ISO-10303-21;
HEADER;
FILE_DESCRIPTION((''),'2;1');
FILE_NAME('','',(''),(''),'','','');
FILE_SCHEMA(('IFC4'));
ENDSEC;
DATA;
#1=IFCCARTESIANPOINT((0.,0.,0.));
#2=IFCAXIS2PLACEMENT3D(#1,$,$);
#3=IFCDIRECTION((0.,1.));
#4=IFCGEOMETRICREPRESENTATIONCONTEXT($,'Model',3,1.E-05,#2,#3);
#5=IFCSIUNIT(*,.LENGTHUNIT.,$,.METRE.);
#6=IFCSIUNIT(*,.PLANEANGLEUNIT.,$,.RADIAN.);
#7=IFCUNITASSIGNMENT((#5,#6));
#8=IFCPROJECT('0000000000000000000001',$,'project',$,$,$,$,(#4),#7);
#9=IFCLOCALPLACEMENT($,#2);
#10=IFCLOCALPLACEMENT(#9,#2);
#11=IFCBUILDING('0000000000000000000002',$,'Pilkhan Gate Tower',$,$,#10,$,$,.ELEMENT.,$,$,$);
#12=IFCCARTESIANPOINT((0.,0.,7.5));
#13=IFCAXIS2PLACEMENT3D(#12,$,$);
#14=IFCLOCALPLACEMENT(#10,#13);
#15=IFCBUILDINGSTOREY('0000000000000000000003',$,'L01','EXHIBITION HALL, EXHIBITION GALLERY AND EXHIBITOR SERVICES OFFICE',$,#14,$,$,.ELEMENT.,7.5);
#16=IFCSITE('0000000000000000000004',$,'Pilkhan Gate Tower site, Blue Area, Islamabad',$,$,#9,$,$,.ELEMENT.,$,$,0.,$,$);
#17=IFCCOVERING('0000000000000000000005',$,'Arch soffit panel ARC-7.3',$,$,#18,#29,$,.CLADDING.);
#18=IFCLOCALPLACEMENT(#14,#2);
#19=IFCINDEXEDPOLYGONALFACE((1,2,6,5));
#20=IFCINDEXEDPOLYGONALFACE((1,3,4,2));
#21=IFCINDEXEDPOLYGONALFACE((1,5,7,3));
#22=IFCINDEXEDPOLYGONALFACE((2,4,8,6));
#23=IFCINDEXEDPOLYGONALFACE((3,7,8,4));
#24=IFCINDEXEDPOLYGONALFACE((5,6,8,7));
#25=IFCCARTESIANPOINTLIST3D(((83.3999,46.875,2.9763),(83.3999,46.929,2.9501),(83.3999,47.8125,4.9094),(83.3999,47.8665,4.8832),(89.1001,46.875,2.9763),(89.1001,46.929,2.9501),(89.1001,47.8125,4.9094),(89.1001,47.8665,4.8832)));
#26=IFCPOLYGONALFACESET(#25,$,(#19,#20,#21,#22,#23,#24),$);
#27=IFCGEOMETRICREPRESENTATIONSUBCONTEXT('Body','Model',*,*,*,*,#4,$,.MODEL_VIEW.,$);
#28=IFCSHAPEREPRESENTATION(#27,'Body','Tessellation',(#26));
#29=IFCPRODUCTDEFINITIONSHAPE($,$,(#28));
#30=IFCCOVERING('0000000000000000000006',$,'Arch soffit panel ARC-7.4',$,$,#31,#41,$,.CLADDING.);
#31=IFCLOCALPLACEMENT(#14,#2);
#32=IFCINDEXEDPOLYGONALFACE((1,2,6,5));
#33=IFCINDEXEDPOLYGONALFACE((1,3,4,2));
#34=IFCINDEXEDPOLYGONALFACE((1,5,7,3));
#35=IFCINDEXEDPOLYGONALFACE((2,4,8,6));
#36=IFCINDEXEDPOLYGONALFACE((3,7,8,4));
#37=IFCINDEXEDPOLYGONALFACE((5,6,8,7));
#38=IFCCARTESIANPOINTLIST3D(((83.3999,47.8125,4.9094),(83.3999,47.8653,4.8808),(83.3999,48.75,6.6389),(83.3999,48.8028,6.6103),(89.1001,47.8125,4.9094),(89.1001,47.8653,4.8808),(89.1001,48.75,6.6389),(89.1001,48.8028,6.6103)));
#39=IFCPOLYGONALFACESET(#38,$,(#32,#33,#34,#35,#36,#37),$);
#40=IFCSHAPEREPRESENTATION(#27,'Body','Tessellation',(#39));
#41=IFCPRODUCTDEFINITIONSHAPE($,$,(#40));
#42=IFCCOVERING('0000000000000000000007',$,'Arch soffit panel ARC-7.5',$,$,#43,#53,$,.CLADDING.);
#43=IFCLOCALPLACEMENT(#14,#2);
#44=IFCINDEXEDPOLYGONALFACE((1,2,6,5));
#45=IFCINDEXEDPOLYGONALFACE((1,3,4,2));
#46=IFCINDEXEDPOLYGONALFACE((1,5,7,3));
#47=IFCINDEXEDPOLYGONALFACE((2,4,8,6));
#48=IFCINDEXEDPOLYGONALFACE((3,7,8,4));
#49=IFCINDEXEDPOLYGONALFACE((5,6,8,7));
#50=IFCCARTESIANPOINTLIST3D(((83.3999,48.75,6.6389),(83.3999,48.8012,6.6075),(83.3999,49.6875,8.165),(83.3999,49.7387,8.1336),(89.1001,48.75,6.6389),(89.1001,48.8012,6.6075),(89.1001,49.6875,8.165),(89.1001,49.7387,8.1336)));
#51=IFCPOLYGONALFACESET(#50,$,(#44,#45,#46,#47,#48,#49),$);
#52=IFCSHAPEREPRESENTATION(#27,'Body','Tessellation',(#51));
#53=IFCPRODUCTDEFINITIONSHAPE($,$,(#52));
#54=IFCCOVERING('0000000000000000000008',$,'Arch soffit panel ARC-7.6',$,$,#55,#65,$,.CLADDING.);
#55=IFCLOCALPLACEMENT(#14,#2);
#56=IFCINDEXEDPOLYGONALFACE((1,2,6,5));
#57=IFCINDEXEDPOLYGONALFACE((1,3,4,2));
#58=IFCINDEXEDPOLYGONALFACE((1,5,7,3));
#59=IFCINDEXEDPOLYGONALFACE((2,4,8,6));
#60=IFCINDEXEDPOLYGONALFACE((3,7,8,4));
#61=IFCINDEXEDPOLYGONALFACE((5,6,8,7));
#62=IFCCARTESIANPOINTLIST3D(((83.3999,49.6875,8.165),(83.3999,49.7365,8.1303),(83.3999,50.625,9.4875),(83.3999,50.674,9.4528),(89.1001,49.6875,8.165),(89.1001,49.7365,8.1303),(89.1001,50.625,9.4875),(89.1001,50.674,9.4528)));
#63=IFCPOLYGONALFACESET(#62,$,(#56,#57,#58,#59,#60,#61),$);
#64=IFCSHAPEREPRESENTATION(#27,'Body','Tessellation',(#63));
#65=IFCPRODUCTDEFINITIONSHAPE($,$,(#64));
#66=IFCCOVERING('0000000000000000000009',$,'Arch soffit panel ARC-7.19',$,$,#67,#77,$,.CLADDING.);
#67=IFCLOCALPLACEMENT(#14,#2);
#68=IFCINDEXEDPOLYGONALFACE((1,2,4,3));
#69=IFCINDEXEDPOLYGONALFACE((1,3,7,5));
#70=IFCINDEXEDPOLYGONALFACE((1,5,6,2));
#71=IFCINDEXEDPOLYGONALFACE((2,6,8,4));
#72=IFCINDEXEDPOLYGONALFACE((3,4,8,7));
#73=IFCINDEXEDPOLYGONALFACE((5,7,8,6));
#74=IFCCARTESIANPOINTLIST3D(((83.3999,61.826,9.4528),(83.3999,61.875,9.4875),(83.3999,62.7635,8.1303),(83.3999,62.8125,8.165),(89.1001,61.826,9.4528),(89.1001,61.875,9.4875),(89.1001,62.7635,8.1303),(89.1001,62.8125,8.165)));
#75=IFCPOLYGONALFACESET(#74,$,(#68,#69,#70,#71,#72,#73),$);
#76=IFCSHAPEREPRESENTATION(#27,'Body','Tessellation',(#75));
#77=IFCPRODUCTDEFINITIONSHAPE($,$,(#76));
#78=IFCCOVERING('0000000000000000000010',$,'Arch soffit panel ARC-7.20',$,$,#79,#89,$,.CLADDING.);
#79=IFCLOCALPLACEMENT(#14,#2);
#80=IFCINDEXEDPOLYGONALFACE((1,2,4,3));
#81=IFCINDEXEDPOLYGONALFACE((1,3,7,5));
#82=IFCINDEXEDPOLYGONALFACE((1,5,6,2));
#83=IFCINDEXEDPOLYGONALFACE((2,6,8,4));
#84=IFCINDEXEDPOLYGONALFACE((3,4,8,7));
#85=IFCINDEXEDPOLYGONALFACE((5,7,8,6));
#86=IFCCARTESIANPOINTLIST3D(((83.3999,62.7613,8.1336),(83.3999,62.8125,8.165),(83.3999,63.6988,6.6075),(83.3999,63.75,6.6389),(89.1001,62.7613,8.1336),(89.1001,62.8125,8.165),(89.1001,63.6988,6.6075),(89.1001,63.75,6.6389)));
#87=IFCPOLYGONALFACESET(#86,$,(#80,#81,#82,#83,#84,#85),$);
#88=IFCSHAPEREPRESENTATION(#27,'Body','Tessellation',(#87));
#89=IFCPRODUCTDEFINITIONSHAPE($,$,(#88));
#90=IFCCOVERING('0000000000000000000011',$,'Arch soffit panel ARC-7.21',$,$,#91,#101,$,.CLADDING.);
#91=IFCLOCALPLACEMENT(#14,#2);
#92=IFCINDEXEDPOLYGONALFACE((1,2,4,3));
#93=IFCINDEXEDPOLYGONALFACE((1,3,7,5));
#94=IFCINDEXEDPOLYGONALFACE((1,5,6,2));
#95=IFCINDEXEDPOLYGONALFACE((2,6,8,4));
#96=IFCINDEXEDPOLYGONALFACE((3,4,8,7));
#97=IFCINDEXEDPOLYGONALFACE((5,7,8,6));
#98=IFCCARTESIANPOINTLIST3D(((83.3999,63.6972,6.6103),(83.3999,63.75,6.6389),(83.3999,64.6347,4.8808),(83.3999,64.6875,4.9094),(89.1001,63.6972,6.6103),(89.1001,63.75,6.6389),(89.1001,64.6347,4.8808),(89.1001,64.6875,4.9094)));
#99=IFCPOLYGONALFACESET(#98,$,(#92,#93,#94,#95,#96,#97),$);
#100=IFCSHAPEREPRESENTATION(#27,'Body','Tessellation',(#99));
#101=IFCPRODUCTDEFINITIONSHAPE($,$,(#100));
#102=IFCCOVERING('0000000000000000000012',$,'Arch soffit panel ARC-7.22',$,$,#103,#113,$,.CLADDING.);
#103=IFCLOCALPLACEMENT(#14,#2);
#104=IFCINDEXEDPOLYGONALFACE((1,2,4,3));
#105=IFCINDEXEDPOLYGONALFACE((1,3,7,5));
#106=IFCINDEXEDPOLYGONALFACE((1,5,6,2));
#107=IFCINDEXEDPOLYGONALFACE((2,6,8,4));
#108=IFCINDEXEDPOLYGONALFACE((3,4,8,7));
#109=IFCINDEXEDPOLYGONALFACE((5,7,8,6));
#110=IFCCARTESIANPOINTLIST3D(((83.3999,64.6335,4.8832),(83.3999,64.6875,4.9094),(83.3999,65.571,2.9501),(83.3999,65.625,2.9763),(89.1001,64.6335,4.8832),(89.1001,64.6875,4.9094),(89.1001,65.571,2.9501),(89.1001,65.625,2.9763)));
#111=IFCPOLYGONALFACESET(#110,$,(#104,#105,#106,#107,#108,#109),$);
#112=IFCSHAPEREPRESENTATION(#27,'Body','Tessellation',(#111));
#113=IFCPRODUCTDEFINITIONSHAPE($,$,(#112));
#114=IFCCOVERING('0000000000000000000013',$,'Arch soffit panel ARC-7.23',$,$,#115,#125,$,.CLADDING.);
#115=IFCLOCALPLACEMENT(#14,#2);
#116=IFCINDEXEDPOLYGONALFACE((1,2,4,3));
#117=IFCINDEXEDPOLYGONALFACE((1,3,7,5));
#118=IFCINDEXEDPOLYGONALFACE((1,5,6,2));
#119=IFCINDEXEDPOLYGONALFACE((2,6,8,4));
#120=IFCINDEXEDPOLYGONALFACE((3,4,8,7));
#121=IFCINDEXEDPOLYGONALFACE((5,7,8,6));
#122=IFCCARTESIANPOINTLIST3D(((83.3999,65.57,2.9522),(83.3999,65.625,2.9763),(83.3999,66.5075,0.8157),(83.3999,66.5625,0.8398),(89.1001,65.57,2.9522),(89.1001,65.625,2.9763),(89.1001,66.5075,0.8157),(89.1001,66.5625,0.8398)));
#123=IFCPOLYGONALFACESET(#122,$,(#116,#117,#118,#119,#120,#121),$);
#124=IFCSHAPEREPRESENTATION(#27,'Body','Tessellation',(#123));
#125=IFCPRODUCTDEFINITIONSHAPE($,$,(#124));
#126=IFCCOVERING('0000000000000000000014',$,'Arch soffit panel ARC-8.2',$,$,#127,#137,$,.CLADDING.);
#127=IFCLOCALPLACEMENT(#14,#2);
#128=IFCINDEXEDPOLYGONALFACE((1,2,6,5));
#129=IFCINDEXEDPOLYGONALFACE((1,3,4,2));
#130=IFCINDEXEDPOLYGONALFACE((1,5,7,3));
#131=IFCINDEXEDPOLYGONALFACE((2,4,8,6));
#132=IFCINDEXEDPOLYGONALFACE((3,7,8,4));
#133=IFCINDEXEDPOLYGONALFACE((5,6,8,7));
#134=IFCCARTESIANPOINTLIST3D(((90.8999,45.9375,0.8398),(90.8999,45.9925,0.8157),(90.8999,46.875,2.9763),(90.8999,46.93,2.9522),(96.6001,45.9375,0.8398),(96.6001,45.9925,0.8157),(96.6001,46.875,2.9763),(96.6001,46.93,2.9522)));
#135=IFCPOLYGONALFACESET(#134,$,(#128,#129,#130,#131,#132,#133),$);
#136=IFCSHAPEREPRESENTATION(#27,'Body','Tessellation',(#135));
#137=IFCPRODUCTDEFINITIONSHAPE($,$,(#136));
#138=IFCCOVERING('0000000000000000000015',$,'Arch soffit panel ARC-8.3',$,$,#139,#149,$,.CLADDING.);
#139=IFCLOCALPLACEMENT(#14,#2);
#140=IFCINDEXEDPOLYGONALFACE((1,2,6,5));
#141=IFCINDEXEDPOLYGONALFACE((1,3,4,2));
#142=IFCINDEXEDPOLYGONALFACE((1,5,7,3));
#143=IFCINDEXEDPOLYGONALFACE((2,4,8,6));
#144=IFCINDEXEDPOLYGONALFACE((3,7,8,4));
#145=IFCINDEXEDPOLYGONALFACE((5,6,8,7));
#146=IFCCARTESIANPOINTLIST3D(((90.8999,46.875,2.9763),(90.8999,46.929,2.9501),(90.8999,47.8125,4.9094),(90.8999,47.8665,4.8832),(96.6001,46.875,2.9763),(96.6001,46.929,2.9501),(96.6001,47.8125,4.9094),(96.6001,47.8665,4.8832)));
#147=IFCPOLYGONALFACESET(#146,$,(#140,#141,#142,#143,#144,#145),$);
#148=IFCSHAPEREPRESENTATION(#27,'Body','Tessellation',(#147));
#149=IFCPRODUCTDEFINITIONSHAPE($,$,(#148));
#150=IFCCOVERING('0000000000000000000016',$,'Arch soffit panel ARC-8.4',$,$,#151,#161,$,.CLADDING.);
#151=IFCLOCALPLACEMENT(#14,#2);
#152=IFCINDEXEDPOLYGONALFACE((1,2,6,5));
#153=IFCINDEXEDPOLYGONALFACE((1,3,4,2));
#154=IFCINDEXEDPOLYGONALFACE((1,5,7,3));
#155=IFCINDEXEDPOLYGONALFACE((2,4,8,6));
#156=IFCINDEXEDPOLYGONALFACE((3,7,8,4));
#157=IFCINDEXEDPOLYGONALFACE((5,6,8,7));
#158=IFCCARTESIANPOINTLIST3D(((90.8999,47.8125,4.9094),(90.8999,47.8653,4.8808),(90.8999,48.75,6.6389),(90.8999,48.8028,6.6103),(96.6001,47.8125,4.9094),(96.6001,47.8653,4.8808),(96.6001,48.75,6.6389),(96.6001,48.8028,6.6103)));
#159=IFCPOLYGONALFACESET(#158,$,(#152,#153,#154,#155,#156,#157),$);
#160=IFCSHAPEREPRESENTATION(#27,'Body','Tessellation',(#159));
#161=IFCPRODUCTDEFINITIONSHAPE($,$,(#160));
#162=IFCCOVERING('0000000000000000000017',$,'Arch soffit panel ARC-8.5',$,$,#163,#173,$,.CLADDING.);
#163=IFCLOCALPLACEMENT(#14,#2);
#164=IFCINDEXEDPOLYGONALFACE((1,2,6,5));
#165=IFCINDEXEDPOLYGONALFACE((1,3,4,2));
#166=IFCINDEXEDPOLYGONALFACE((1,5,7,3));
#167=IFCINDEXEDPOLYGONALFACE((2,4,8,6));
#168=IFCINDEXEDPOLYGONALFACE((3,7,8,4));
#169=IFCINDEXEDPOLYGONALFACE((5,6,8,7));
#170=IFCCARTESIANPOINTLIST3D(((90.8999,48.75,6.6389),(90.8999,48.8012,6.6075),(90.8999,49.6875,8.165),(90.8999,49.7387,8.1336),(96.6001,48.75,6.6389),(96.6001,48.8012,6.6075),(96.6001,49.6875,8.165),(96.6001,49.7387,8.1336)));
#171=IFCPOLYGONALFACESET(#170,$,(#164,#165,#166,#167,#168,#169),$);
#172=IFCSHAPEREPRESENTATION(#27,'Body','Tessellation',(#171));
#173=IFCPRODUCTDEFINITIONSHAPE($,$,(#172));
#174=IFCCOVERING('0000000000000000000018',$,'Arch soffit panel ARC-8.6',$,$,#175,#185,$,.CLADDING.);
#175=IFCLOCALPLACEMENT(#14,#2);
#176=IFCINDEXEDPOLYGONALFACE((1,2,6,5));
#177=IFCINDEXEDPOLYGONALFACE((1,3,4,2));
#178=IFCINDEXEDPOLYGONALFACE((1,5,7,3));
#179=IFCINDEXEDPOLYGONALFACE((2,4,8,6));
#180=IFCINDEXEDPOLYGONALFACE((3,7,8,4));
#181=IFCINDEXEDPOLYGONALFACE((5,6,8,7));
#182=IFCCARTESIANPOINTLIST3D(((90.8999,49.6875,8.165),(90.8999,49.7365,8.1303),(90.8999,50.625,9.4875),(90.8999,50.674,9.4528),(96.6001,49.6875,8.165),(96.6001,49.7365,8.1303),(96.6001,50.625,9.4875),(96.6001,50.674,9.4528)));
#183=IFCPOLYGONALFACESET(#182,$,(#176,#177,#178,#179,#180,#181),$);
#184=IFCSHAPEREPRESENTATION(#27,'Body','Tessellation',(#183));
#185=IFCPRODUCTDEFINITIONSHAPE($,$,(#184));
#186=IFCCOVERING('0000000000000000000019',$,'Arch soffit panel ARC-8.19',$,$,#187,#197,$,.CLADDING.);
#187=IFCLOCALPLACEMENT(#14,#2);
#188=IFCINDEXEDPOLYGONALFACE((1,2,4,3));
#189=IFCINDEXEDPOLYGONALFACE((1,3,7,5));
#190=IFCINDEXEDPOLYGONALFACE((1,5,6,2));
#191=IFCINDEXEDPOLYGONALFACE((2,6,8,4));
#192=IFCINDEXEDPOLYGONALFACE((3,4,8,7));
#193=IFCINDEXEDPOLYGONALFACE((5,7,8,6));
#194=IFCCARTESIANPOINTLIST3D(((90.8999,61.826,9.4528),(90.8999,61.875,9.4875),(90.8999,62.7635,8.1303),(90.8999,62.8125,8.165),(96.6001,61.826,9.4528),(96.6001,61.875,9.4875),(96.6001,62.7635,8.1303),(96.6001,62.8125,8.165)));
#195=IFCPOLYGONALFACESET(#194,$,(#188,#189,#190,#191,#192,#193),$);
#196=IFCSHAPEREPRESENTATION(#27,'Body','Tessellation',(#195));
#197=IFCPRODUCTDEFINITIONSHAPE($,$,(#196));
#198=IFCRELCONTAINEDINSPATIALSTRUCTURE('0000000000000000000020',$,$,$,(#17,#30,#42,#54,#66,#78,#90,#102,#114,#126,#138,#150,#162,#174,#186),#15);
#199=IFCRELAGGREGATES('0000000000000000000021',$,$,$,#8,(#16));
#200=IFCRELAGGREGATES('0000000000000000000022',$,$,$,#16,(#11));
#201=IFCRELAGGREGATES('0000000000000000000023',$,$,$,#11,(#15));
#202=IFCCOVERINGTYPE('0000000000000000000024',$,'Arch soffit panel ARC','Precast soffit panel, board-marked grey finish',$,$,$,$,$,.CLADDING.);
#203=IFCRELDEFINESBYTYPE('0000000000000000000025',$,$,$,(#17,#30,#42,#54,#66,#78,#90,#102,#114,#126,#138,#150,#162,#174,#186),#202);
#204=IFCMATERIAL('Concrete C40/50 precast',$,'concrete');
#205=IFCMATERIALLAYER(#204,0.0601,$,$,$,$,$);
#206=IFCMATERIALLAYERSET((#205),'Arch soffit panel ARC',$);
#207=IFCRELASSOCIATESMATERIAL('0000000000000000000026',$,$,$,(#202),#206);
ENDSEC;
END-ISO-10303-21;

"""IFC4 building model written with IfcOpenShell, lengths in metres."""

from ifc_helpers import new_model, si_unit, direction, frame, origin, place, context, subcontext, project, spatial, polyline, outline, extrude, material, layer, layer_set, type_object, element, save


model = new_model("IFC4")

# Units and contexts
model_context = context("Model", 3, precision=1e-05, world=origin(), true_north=direction((0.0, 1.0)))
body_context = subcontext(model_context, "Body", "Model", "MODEL_VIEW")
ifc_project = project(units=[si_unit("LENGTHUNIT", "METRE"), si_unit("PLANEANGLEUNIT", "RADIAN")], contexts=[model_context])

# Site, building, storey
site_placement = place(None, origin())
site = spatial("IfcSite", under=ifc_project, at=site_placement, Name="Pilkhan Gate Tower site, Blue Area, Islamabad", CompositionType="ELEMENT", RefElevation=0.0)
building_placement = place(site_placement, origin())
building = spatial("IfcBuilding", under=site, at=building_placement, Name="Pilkhan Gate Tower", CompositionType="ELEMENT")
storey_placement = place(building_placement, frame((0.0, 0.0, 7.5)))
storey = spatial("IfcBuildingStorey", under=building, at=storey_placement, Name="L01", Description="EXHIBITION HALL, EXHIBITION GALLERY AND EXHIBITOR SERVICES OFFICE", CompositionType="ELEMENT", Elevation=7.5)

# Coverings
ifc_material_1 = material(Name="Concrete C40/50 precast", Category="concrete")
ifc_layer_1 = layer(ifc_material_1, 0.0601)
ifc_layer_set_1 = layer_set([ifc_layer_1], Name="Arch soffit panel ARC")
covering_type = type_object("IfcCoveringType", Name="Arch soffit panel ARC", Description="Precast soffit panel, board-marked grey finish", PredefinedType="CLADDING", material=ifc_layer_set_1)
covering_1_placement = place(storey_placement, frame((83.3999, 46.875, 2.9763), z_axis=(0.0, -0.899771, 0.436363), x_axis=(1.0, 0.0, 0.0)))
element("IfcCovering", 1, at=covering_1_placement, inside=storey, type_object=covering_type, Name="Arch soffit panel ARC-7.3", PredefinedType="CLADDING", context=body_context, shape_type="SweptSolid", body=[
    extrude(outline(polyline([(0.0, 0.0), (5.7002, 0.0), (5.7002, 2.1484), (0.0, 2.1484), (0.0, 0.0)])), origin(), (0.0, 0.0, -1.0), 0.0601),
])
covering_2_placement = place(storey_placement, frame((83.3999, 47.8125, 4.9094), z_axis=(0.0, -0.879145, 0.476555), x_axis=(1.0, 0.0, 0.0)))
element("IfcCovering", 2, at=covering_2_placement, inside=storey, type_object=covering_type, Name="Arch soffit panel ARC-7.4", PredefinedType="CLADDING", context=body_context, shape_type="SweptSolid", body=[
    extrude(outline(polyline([(0.0, 0.0), (5.7002, 0.0), (5.7002, 1.9672), (0.0, 1.9672), (0.0, 0.0)])), origin(), (0.0, 0.0, -1.0), 0.0601),
])
covering_3_placement = place(storey_placement, frame((83.3999, 48.75, 6.6389), z_axis=(0.0, -0.85207, 0.523428), x_axis=(1.0, 0.0, 0.0)))
element("IfcCovering", 3, at=covering_3_placement, inside=storey, type_object=covering_type, Name="Arch soffit panel ARC-7.5", PredefinedType="CLADDING", context=body_context, shape_type="SweptSolid", body=[
    extrude(outline(polyline([(0.0, 0.0), (5.7002, 0.0), (5.7002, 1.7911), (0.0, 1.7911), (0.0, 0.0)])), origin(), (0.0, 0.0, -1.0), 0.0601),
])
for number, where, z_axis, x_axis, name in (
    (4, (83.3999, 49.6875, 8.165), (0.0, -0.815814, 0.578314), (1.0, 0.0, 0.0), "Arch soffit panel ARC-7.6"),
    (5, (83.3999, 61.875, 9.4875), (0.0, 0.815814, 0.578314), (1.0, 0.0, 0.0), "Arch soffit panel ARC-7.19"),
):
    element("IfcCovering", number, at=place(storey_placement, frame(where, z_axis=z_axis, x_axis=x_axis)), inside=storey, type_object=covering_type, Name=name, PredefinedType="CLADDING", context=body_context, shape_type="SweptSolid", body=[
        extrude(outline(polyline([(0.0, 0.0), (5.7002, 0.0), (5.7002, 1.6211), (0.0, 1.6211), (0.0, 0.0)])), origin(), (0.0, 0.0, -1.0), 0.0601),
    ])
covering_4_placement = place(storey_placement, frame((83.3999, 62.8125, 8.165), z_axis=(0.0, 0.85207, 0.523428), x_axis=(1.0, 0.0, 0.0)))
element("IfcCovering", 6, at=covering_4_placement, inside=storey, type_object=covering_type, Name="Arch soffit panel ARC-7.20", PredefinedType="CLADDING", context=body_context, shape_type="SweptSolid", body=[
    extrude(outline(polyline([(0.0, 0.0), (5.7002, 0.0), (5.7002, 1.7911), (0.0, 1.7911), (0.0, 0.0)])), origin(), (0.0, 0.0, -1.0), 0.0601),
])
covering_5_placement = place(storey_placement, frame((83.3999, 63.75, 6.6389), z_axis=(0.0, 0.879145, 0.476555), x_axis=(1.0, 0.0, 0.0)))
element("IfcCovering", 7, at=covering_5_placement, inside=storey, type_object=covering_type, Name="Arch soffit panel ARC-7.21", PredefinedType="CLADDING", context=body_context, shape_type="SweptSolid", body=[
    extrude(outline(polyline([(0.0, 0.0), (5.7002, 0.0), (5.7002, 1.9672), (0.0, 1.9672), (0.0, 0.0)])), origin(), (0.0, 0.0, -1.0), 0.0601),
])
covering_6_placement = place(storey_placement, frame((83.3999, 64.6875, 4.9094), z_axis=(0.0, 0.899771, 0.436363), x_axis=(1.0, 0.0, 0.0)))
element("IfcCovering", 8, at=covering_6_placement, inside=storey, type_object=covering_type, Name="Arch soffit panel ARC-7.22", PredefinedType="CLADDING", context=body_context, shape_type="SweptSolid", body=[
    extrude(outline(polyline([(0.0, 0.0), (5.7002, 0.0), (5.7002, 2.1484), (0.0, 2.1484), (0.0, 0.0)])), origin(), (0.0, 0.0, -1.0), 0.0601),
])
for number, where, z_axis, x_axis, name in (
    (9, (83.3999, 65.625, 2.9763), (0.0, 0.915717, 0.401823), (1.0, 0.0, 0.0), "Arch soffit panel ARC-7.23"),
    (10, (90.8999, 45.9375, 0.8398), (0.0, -0.915717, 0.401823), (1.0, 0.0, 0.0), "Arch soffit panel ARC-8.2"),
):
    element("IfcCovering", number, at=place(storey_placement, frame(where, z_axis=z_axis, x_axis=x_axis)), inside=storey, type_object=covering_type, Name=name, PredefinedType="CLADDING", context=body_context, shape_type="SweptSolid", body=[
        extrude(outline(polyline([(0.0, 0.0), (5.7002, 0.0), (5.7002, 2.3331), (0.0, 2.3331), (0.0, 0.0)])), origin(), (0.0, 0.0, -1.0), 0.0601),
    ])
covering_7_placement = place(storey_placement, frame((90.8999, 46.875, 2.9763), z_axis=(0.0, -0.899771, 0.436363), x_axis=(1.0, 0.0, 0.0)))
element("IfcCovering", 11, at=covering_7_placement, inside=storey, type_object=covering_type, Name="Arch soffit panel ARC-8.3", PredefinedType="CLADDING", context=body_context, shape_type="SweptSolid", body=[
    extrude(outline(polyline([(0.0, 0.0), (5.7002, 0.0), (5.7002, 2.1484), (0.0, 2.1484), (0.0, 0.0)])), origin(), (0.0, 0.0, -1.0), 0.0601),
])
covering_8_placement = place(storey_placement, frame((90.8999, 47.8125, 4.9094), z_axis=(0.0, -0.879145, 0.476555), x_axis=(1.0, 0.0, 0.0)))
element("IfcCovering", 12, at=covering_8_placement, inside=storey, type_object=covering_type, Name="Arch soffit panel ARC-8.4", PredefinedType="CLADDING", context=body_context, shape_type="SweptSolid", body=[
    extrude(outline(polyline([(0.0, 0.0), (5.7002, 0.0), (5.7002, 1.9672), (0.0, 1.9672), (0.0, 0.0)])), origin(), (0.0, 0.0, -1.0), 0.0601),
])
covering_9_placement = place(storey_placement, frame((90.8999, 48.75, 6.6389), z_axis=(0.0, -0.85207, 0.523428), x_axis=(1.0, 0.0, 0.0)))
element("IfcCovering", 13, at=covering_9_placement, inside=storey, type_object=covering_type, Name="Arch soffit panel ARC-8.5", PredefinedType="CLADDING", context=body_context, shape_type="SweptSolid", body=[
    extrude(outline(polyline([(0.0, 0.0), (5.7002, 0.0), (5.7002, 1.7911), (0.0, 1.7911), (0.0, 0.0)])), origin(), (0.0, 0.0, -1.0), 0.0601),
])
for number, where, z_axis, x_axis, name in (
    (14, (90.8999, 49.6875, 8.165), (0.0, -0.815814, 0.578314), (1.0, 0.0, 0.0), "Arch soffit panel ARC-8.6"),
    (15, (90.8999, 61.875, 9.4875), (0.0, 0.815814, 0.578314), (1.0, 0.0, 0.0), "Arch soffit panel ARC-8.19"),
):
    element("IfcCovering", number, at=place(storey_placement, frame(where, z_axis=z_axis, x_axis=x_axis)), inside=storey, type_object=covering_type, Name=name, PredefinedType="CLADDING", context=body_context, shape_type="SweptSolid", body=[
        extrude(outline(polyline([(0.0, 0.0), (5.7002, 0.0), (5.7002, 1.6211), (0.0, 1.6211), (0.0, 0.0)])), origin(), (0.0, 0.0, -1.0), 0.0601),
    ])

save(model, "model.ifc")
